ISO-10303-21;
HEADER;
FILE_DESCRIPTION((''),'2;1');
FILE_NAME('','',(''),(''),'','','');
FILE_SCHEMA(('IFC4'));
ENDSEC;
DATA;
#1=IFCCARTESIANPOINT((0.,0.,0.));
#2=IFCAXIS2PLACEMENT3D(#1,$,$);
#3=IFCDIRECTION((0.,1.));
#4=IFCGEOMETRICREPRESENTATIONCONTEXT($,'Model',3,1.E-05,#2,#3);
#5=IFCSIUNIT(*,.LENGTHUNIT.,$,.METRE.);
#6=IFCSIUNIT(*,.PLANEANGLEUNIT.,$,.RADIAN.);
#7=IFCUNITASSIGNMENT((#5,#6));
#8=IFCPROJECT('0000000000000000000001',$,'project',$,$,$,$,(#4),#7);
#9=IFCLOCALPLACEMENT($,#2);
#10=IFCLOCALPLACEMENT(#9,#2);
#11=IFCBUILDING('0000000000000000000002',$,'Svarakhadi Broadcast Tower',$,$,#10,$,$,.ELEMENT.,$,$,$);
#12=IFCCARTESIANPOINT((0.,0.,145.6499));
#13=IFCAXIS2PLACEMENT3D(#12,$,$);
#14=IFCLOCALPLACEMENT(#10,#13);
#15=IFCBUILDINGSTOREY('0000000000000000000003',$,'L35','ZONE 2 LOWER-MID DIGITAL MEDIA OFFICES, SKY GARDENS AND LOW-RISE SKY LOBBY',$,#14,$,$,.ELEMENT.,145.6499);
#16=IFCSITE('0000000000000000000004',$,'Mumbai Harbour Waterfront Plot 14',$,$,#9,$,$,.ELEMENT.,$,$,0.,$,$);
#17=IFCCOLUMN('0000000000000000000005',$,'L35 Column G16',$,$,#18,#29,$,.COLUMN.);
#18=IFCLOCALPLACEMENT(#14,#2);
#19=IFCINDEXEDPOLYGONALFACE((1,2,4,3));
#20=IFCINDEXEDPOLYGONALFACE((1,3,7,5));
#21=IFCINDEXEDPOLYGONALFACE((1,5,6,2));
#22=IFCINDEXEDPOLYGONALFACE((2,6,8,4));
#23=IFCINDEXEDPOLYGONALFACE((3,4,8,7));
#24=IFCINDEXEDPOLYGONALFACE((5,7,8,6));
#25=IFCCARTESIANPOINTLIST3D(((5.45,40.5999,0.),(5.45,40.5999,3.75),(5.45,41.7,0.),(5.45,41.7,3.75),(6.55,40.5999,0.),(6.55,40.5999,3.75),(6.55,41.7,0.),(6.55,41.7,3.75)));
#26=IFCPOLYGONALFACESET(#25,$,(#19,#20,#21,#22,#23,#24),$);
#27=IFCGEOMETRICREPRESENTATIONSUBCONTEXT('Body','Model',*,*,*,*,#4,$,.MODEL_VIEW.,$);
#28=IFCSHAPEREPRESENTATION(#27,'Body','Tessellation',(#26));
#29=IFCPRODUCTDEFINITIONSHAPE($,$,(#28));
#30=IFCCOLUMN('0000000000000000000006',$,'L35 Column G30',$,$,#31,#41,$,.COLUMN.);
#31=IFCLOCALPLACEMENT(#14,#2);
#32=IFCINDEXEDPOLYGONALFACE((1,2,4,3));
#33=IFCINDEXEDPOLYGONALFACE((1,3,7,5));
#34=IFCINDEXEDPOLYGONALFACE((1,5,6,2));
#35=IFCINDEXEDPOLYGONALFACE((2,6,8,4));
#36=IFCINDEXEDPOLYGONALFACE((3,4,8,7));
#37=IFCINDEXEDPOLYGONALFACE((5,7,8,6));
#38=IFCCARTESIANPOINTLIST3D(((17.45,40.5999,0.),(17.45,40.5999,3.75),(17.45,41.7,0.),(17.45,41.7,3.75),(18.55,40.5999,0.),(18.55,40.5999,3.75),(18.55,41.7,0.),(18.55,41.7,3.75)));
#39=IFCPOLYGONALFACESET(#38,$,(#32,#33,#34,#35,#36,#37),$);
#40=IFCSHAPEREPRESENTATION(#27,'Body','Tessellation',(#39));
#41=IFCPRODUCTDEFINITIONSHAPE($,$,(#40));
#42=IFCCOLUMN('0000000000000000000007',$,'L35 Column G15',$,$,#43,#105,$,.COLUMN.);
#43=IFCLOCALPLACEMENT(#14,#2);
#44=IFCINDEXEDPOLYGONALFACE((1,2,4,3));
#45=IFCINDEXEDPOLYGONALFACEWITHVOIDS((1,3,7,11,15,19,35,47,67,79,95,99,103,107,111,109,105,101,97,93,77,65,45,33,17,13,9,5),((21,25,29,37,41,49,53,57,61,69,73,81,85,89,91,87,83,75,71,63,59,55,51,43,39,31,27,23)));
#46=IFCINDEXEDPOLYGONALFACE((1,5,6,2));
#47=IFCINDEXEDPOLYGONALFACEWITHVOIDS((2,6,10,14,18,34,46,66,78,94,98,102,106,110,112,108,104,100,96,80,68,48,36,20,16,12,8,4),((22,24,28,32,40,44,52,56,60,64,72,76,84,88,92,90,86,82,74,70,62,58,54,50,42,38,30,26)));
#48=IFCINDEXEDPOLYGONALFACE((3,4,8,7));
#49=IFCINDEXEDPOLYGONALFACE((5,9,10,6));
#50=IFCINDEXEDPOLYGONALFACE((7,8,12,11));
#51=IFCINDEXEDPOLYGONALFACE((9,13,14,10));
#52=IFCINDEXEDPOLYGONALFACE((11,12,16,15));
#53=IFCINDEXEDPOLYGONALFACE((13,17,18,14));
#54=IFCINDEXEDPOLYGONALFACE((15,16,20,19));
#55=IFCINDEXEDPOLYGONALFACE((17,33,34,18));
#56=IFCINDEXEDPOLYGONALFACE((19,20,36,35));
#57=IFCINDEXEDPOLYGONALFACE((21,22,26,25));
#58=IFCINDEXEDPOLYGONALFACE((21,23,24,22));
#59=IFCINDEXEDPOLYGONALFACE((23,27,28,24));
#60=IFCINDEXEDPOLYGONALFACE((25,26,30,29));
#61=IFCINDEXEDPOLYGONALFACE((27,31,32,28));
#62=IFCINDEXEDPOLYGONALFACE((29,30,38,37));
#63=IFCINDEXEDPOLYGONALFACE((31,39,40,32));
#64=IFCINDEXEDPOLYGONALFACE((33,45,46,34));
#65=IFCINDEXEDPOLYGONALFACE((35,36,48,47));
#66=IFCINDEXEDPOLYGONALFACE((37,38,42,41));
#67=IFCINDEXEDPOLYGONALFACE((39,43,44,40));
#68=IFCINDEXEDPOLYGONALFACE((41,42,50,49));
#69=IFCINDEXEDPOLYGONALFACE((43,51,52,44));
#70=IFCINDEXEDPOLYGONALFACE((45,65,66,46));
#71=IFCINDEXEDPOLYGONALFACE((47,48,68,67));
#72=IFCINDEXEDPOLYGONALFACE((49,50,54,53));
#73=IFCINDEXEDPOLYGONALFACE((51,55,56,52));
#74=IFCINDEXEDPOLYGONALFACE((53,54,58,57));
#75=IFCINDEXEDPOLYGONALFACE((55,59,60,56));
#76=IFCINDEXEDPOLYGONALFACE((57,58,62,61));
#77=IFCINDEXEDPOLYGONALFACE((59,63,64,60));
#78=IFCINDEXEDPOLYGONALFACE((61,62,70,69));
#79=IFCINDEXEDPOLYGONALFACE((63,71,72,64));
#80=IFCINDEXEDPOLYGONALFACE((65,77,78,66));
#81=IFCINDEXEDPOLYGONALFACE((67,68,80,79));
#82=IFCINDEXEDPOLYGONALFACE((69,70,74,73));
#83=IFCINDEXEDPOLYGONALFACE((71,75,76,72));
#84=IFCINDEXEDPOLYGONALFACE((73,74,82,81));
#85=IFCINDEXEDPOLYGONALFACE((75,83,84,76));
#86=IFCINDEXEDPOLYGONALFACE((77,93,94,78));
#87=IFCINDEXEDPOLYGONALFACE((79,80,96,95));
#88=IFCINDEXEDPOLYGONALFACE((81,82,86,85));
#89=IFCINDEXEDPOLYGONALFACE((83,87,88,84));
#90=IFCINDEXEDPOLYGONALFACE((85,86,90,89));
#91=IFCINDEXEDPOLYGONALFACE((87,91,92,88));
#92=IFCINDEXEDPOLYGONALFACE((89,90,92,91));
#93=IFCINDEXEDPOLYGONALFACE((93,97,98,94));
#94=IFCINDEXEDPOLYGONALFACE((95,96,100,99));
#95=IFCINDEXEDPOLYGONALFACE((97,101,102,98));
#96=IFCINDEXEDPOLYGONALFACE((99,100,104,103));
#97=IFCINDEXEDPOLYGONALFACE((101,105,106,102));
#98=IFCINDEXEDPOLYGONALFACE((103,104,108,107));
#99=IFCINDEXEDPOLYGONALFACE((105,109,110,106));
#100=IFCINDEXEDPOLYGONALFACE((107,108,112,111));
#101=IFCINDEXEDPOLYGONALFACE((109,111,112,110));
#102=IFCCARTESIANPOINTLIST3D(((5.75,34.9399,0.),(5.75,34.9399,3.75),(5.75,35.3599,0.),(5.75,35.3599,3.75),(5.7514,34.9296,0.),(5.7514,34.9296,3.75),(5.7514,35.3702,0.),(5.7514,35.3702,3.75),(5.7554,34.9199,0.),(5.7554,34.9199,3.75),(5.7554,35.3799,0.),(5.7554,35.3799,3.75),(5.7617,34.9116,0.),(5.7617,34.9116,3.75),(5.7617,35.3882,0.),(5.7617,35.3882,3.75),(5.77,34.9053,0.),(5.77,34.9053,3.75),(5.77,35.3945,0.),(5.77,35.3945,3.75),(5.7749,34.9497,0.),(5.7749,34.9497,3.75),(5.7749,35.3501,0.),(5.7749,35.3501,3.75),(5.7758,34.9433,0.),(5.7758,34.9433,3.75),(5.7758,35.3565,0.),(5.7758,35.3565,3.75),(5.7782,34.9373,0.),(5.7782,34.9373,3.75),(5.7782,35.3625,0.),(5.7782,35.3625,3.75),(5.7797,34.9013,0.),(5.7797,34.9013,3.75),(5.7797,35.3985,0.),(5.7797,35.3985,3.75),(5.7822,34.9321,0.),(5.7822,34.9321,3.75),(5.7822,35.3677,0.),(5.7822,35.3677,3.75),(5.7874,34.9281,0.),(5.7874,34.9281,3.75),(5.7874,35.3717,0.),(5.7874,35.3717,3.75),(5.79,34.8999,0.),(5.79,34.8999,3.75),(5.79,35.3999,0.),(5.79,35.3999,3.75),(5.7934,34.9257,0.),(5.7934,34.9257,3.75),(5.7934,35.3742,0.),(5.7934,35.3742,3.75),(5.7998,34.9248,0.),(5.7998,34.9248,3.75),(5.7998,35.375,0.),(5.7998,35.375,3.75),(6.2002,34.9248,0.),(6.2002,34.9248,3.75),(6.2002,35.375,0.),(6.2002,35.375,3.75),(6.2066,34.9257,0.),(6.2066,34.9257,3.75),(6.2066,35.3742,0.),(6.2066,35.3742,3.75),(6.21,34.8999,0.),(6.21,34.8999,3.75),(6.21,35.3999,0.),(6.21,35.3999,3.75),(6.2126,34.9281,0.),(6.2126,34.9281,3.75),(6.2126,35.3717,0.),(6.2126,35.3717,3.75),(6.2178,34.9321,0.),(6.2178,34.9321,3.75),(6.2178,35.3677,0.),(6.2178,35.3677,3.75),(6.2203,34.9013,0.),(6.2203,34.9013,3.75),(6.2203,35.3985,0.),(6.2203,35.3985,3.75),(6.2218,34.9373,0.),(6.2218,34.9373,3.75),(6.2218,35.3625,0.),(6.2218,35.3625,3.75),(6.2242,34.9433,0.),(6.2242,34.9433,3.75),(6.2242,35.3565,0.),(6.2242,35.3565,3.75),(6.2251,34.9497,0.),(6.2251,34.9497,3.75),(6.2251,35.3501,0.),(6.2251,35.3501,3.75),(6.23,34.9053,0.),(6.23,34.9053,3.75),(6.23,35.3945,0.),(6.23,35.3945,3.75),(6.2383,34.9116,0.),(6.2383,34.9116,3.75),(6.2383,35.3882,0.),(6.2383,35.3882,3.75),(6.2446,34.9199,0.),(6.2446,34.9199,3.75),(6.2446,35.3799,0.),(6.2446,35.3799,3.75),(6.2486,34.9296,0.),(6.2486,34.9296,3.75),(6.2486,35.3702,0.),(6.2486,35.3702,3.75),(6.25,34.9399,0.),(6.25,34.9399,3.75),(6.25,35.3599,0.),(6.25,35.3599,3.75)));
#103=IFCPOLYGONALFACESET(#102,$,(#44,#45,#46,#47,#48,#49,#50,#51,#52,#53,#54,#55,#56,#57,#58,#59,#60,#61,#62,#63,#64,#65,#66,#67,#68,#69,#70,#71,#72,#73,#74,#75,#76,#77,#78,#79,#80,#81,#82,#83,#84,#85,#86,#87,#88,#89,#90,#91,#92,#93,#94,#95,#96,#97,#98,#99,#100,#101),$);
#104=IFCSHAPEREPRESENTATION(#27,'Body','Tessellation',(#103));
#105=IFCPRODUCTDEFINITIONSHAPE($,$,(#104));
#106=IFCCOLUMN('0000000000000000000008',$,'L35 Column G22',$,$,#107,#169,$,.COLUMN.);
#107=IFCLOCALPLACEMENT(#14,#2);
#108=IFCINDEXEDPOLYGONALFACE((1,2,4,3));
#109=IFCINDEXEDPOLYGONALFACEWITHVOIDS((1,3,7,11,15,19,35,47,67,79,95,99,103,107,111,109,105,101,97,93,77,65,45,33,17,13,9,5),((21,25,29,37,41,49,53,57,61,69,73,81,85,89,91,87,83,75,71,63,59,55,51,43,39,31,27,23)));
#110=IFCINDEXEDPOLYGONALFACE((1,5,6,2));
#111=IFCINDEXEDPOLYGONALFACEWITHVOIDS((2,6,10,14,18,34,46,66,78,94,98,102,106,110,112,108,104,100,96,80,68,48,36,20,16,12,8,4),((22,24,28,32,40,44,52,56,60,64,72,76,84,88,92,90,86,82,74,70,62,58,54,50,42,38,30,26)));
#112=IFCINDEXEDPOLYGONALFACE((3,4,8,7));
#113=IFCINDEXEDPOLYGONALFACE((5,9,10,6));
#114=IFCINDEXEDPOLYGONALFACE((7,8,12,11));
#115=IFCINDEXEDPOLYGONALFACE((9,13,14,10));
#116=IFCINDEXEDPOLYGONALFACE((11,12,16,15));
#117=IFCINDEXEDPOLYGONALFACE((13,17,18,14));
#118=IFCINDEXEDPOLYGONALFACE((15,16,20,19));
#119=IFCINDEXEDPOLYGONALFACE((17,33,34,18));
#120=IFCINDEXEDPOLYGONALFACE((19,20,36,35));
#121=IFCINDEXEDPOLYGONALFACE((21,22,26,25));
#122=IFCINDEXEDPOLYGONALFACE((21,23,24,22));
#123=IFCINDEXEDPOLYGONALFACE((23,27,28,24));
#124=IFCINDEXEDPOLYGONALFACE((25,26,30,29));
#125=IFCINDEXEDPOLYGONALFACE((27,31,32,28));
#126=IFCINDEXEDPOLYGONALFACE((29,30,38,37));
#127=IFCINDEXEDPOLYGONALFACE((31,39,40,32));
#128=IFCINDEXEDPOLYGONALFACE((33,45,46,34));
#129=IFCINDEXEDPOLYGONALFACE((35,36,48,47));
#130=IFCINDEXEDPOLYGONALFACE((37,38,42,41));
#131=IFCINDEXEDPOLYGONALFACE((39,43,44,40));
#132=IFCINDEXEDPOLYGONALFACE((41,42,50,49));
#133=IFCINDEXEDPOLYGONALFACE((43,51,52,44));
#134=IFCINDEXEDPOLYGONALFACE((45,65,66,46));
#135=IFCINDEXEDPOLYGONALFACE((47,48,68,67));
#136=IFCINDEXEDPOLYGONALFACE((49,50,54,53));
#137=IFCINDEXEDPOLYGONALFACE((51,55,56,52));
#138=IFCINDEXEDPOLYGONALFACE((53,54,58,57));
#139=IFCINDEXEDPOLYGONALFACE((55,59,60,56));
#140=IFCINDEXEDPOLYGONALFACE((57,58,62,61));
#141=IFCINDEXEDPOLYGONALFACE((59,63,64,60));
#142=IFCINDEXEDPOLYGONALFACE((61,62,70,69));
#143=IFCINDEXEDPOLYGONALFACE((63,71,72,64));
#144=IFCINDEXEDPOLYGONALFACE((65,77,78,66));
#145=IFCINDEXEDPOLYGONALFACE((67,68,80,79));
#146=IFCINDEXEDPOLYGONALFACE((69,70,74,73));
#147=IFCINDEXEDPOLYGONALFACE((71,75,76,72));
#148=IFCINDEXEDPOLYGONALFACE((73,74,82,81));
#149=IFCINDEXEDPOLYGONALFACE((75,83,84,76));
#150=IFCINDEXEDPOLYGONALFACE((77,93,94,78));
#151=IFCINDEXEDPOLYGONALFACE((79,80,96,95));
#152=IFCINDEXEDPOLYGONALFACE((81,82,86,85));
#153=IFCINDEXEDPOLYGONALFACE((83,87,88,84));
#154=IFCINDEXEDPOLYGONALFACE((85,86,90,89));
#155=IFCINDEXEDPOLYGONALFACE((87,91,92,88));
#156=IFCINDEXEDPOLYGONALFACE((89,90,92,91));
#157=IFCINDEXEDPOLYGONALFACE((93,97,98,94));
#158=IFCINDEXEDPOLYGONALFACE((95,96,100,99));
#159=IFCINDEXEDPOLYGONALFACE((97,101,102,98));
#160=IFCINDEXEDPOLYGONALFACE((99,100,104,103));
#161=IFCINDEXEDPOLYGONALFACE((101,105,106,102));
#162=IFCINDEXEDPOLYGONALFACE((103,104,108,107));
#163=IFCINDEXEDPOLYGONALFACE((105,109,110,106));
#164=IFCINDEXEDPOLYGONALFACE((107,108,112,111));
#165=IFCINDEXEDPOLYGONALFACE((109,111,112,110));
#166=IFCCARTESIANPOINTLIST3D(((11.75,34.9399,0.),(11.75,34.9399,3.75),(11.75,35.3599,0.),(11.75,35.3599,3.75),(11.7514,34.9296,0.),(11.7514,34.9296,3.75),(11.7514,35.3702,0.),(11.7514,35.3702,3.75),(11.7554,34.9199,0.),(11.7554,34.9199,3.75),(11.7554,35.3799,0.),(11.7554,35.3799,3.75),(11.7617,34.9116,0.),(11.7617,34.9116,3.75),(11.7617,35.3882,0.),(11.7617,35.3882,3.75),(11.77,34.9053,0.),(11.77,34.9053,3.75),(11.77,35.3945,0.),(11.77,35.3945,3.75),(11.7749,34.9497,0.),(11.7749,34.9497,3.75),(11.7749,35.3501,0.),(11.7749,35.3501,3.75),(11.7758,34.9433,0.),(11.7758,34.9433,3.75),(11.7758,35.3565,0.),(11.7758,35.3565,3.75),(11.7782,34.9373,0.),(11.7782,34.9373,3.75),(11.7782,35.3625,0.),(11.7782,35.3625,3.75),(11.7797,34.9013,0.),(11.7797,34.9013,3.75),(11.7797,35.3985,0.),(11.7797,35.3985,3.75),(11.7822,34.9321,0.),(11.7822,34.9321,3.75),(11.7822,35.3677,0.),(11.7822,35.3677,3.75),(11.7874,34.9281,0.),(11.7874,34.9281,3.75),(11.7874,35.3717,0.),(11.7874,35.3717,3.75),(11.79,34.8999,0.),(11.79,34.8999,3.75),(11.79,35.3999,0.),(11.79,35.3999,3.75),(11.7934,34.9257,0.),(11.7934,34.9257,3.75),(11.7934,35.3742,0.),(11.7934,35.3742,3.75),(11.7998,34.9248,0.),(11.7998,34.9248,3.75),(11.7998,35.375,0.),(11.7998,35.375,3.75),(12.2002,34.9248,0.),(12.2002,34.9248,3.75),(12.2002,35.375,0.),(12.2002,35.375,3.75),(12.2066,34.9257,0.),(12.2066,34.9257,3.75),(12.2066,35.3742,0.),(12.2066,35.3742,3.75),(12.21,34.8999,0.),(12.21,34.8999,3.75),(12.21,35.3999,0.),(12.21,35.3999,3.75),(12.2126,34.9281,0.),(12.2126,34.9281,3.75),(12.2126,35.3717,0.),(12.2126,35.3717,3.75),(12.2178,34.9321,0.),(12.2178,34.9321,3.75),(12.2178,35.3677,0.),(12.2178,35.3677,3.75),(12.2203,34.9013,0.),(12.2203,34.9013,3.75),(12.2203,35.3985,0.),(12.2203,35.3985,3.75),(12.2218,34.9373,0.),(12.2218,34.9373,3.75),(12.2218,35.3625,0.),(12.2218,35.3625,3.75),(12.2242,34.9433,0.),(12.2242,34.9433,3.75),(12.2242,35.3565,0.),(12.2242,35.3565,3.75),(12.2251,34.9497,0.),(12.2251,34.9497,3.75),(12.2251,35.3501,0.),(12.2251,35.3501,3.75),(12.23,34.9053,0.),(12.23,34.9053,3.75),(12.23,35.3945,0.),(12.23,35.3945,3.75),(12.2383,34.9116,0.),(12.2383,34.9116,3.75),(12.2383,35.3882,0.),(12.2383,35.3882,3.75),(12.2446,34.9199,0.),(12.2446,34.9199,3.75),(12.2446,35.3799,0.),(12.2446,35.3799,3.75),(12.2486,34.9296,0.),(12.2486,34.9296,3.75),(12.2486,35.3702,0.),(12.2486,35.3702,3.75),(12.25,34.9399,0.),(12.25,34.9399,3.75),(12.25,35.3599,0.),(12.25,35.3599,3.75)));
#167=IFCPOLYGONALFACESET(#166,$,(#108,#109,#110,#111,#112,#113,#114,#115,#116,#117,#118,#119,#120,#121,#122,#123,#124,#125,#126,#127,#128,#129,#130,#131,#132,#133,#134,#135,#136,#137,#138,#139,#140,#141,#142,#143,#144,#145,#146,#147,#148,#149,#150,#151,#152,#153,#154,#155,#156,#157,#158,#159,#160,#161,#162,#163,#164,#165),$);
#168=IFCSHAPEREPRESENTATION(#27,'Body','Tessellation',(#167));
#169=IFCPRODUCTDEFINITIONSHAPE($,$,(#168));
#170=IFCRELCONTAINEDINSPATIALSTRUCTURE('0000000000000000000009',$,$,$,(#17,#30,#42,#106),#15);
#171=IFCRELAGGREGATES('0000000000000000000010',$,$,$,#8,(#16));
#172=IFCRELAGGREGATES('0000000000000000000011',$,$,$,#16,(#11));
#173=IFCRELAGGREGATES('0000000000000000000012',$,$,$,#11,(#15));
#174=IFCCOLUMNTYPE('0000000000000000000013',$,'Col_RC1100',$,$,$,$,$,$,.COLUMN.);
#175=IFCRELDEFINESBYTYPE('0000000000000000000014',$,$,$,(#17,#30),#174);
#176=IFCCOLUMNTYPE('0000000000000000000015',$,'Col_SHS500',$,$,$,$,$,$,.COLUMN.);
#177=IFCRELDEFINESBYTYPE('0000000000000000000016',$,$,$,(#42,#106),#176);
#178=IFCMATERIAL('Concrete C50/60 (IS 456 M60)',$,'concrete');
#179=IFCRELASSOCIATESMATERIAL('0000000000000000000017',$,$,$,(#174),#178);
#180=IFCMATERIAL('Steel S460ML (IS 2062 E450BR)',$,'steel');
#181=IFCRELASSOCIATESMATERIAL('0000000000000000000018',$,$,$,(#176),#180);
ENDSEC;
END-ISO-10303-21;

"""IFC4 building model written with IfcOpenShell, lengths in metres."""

from ifc_helpers import new_model, si_unit, direction, frame, origin, origin_2d, place, context, subcontext, project, spatial, rectangle, hollow_rectangle, extrude, material, material_profile, profile_set, type_object, element, save


model = new_model("IFC4")

# Units and contexts
model_context = context("Model", 3, precision=1e-05, world=origin(), true_north=direction((0.0, 1.0)))
body_context = subcontext(model_context, "Body", "Model", "MODEL_VIEW")
ifc_project = project(units=[si_unit("LENGTHUNIT", "METRE"), si_unit("PLANEANGLEUNIT", "RADIAN")], contexts=[model_context])

# Site, building, storey
site_placement = place(None, origin())
site = spatial("IfcSite", under=ifc_project, at=site_placement, Name="Mumbai Harbour Waterfront Plot 14", CompositionType="ELEMENT", RefElevation=0.0)
building_placement = place(site_placement, origin())
building = spatial("IfcBuilding", under=site, at=building_placement, Name="Svarakhadi Broadcast Tower", CompositionType="ELEMENT")
storey_placement = place(building_placement, frame((0.0, 0.0, 145.6499)))
storey = spatial("IfcBuildingStorey", under=building, at=storey_placement, Name="L35", Description="ZONE 2 LOWER-MID DIGITAL MEDIA OFFICES, SKY GARDENS AND LOW-RISE SKY LOBBY", CompositionType="ELEMENT", Elevation=145.6499)

# Columns
ifc_material_1 = material(Name="Concrete C50/60 (IS 456 M60)", Category="concrete")
ifc_material_profile_1 = material_profile(ifc_material_1, rectangle(XDim=1.1001, YDim=1.1001, at=origin_2d()), Name="RC 1100x1100")
ifc_profile_set_1 = profile_set([ifc_material_profile_1], Name="Concrete C50/60 (IS 456 M60)")
column_type_1 = type_object("IfcColumnType", Name="Col_RC1100", PredefinedType="COLUMN", material=ifc_profile_set_1)
for number, where, z_axis, x_axis, name in (
    (1, (6.0, 41.1499, 0.0), (0.0, 0.0, 1.0), (1.0, 0.0, 0.0), "L35 Column G16"),
    (2, (18.0, 41.1499, 0.0), (0.0, 0.0, 1.0), (1.0, 0.0, 0.0), "L35 Column G30"),
):
    element("IfcColumn", number, at=place(storey_placement, frame(where, z_axis=z_axis, x_axis=x_axis)), inside=storey, type_object=column_type_1, Name=name, PredefinedType="COLUMN", context=body_context, shape_type="SweptSolid", body=[
        extrude(rectangle(XDim=1.1001, YDim=1.1001, at=origin_2d()), origin(), (0.0, 0.0, 1.0), 3.75),
    ])
ifc_material_2 = material(Name="Steel S460ML (IS 2062 E450BR)", Category="steel")
ifc_material_profile_2 = material_profile(ifc_material_2, hollow_rectangle(XDim=0.5, YDim=0.5, WallThickness=0.0249, InnerFilletRadius=0.0249, OuterFilletRadius=0.04, at=origin_2d()), Name="SHS 500x500x25")
ifc_profile_set_2 = profile_set([ifc_material_profile_2], Name="Steel S460ML (IS 2062 E450BR)")
column_type_2 = type_object("IfcColumnType", Name="Col_SHS500", PredefinedType="COLUMN", material=ifc_profile_set_2)
for number, where, z_axis, x_axis, name in (
    (3, (6.0, 35.1499, 0.0), (0.0, 0.0, 1.0), (1.0, 0.0, 0.0), "L35 Column G15"),
    (4, (12.0, 35.1499, 0.0), (0.0, 0.0, 1.0), (1.0, 0.0, 0.0), "L35 Column G22"),
):
    element("IfcColumn", number, at=place(storey_placement, frame(where, z_axis=z_axis, x_axis=x_axis)), inside=storey, type_object=column_type_2, Name=name, PredefinedType="COLUMN", context=body_context, shape_type="SweptSolid", body=[
        extrude(hollow_rectangle(XDim=0.5, YDim=0.5, WallThickness=0.0249, InnerFilletRadius=0.0249, OuterFilletRadius=0.04, at=origin_2d()), origin(), (0.0, 0.0, 1.0), 3.75),
    ])

save(model, "model.ifc")
